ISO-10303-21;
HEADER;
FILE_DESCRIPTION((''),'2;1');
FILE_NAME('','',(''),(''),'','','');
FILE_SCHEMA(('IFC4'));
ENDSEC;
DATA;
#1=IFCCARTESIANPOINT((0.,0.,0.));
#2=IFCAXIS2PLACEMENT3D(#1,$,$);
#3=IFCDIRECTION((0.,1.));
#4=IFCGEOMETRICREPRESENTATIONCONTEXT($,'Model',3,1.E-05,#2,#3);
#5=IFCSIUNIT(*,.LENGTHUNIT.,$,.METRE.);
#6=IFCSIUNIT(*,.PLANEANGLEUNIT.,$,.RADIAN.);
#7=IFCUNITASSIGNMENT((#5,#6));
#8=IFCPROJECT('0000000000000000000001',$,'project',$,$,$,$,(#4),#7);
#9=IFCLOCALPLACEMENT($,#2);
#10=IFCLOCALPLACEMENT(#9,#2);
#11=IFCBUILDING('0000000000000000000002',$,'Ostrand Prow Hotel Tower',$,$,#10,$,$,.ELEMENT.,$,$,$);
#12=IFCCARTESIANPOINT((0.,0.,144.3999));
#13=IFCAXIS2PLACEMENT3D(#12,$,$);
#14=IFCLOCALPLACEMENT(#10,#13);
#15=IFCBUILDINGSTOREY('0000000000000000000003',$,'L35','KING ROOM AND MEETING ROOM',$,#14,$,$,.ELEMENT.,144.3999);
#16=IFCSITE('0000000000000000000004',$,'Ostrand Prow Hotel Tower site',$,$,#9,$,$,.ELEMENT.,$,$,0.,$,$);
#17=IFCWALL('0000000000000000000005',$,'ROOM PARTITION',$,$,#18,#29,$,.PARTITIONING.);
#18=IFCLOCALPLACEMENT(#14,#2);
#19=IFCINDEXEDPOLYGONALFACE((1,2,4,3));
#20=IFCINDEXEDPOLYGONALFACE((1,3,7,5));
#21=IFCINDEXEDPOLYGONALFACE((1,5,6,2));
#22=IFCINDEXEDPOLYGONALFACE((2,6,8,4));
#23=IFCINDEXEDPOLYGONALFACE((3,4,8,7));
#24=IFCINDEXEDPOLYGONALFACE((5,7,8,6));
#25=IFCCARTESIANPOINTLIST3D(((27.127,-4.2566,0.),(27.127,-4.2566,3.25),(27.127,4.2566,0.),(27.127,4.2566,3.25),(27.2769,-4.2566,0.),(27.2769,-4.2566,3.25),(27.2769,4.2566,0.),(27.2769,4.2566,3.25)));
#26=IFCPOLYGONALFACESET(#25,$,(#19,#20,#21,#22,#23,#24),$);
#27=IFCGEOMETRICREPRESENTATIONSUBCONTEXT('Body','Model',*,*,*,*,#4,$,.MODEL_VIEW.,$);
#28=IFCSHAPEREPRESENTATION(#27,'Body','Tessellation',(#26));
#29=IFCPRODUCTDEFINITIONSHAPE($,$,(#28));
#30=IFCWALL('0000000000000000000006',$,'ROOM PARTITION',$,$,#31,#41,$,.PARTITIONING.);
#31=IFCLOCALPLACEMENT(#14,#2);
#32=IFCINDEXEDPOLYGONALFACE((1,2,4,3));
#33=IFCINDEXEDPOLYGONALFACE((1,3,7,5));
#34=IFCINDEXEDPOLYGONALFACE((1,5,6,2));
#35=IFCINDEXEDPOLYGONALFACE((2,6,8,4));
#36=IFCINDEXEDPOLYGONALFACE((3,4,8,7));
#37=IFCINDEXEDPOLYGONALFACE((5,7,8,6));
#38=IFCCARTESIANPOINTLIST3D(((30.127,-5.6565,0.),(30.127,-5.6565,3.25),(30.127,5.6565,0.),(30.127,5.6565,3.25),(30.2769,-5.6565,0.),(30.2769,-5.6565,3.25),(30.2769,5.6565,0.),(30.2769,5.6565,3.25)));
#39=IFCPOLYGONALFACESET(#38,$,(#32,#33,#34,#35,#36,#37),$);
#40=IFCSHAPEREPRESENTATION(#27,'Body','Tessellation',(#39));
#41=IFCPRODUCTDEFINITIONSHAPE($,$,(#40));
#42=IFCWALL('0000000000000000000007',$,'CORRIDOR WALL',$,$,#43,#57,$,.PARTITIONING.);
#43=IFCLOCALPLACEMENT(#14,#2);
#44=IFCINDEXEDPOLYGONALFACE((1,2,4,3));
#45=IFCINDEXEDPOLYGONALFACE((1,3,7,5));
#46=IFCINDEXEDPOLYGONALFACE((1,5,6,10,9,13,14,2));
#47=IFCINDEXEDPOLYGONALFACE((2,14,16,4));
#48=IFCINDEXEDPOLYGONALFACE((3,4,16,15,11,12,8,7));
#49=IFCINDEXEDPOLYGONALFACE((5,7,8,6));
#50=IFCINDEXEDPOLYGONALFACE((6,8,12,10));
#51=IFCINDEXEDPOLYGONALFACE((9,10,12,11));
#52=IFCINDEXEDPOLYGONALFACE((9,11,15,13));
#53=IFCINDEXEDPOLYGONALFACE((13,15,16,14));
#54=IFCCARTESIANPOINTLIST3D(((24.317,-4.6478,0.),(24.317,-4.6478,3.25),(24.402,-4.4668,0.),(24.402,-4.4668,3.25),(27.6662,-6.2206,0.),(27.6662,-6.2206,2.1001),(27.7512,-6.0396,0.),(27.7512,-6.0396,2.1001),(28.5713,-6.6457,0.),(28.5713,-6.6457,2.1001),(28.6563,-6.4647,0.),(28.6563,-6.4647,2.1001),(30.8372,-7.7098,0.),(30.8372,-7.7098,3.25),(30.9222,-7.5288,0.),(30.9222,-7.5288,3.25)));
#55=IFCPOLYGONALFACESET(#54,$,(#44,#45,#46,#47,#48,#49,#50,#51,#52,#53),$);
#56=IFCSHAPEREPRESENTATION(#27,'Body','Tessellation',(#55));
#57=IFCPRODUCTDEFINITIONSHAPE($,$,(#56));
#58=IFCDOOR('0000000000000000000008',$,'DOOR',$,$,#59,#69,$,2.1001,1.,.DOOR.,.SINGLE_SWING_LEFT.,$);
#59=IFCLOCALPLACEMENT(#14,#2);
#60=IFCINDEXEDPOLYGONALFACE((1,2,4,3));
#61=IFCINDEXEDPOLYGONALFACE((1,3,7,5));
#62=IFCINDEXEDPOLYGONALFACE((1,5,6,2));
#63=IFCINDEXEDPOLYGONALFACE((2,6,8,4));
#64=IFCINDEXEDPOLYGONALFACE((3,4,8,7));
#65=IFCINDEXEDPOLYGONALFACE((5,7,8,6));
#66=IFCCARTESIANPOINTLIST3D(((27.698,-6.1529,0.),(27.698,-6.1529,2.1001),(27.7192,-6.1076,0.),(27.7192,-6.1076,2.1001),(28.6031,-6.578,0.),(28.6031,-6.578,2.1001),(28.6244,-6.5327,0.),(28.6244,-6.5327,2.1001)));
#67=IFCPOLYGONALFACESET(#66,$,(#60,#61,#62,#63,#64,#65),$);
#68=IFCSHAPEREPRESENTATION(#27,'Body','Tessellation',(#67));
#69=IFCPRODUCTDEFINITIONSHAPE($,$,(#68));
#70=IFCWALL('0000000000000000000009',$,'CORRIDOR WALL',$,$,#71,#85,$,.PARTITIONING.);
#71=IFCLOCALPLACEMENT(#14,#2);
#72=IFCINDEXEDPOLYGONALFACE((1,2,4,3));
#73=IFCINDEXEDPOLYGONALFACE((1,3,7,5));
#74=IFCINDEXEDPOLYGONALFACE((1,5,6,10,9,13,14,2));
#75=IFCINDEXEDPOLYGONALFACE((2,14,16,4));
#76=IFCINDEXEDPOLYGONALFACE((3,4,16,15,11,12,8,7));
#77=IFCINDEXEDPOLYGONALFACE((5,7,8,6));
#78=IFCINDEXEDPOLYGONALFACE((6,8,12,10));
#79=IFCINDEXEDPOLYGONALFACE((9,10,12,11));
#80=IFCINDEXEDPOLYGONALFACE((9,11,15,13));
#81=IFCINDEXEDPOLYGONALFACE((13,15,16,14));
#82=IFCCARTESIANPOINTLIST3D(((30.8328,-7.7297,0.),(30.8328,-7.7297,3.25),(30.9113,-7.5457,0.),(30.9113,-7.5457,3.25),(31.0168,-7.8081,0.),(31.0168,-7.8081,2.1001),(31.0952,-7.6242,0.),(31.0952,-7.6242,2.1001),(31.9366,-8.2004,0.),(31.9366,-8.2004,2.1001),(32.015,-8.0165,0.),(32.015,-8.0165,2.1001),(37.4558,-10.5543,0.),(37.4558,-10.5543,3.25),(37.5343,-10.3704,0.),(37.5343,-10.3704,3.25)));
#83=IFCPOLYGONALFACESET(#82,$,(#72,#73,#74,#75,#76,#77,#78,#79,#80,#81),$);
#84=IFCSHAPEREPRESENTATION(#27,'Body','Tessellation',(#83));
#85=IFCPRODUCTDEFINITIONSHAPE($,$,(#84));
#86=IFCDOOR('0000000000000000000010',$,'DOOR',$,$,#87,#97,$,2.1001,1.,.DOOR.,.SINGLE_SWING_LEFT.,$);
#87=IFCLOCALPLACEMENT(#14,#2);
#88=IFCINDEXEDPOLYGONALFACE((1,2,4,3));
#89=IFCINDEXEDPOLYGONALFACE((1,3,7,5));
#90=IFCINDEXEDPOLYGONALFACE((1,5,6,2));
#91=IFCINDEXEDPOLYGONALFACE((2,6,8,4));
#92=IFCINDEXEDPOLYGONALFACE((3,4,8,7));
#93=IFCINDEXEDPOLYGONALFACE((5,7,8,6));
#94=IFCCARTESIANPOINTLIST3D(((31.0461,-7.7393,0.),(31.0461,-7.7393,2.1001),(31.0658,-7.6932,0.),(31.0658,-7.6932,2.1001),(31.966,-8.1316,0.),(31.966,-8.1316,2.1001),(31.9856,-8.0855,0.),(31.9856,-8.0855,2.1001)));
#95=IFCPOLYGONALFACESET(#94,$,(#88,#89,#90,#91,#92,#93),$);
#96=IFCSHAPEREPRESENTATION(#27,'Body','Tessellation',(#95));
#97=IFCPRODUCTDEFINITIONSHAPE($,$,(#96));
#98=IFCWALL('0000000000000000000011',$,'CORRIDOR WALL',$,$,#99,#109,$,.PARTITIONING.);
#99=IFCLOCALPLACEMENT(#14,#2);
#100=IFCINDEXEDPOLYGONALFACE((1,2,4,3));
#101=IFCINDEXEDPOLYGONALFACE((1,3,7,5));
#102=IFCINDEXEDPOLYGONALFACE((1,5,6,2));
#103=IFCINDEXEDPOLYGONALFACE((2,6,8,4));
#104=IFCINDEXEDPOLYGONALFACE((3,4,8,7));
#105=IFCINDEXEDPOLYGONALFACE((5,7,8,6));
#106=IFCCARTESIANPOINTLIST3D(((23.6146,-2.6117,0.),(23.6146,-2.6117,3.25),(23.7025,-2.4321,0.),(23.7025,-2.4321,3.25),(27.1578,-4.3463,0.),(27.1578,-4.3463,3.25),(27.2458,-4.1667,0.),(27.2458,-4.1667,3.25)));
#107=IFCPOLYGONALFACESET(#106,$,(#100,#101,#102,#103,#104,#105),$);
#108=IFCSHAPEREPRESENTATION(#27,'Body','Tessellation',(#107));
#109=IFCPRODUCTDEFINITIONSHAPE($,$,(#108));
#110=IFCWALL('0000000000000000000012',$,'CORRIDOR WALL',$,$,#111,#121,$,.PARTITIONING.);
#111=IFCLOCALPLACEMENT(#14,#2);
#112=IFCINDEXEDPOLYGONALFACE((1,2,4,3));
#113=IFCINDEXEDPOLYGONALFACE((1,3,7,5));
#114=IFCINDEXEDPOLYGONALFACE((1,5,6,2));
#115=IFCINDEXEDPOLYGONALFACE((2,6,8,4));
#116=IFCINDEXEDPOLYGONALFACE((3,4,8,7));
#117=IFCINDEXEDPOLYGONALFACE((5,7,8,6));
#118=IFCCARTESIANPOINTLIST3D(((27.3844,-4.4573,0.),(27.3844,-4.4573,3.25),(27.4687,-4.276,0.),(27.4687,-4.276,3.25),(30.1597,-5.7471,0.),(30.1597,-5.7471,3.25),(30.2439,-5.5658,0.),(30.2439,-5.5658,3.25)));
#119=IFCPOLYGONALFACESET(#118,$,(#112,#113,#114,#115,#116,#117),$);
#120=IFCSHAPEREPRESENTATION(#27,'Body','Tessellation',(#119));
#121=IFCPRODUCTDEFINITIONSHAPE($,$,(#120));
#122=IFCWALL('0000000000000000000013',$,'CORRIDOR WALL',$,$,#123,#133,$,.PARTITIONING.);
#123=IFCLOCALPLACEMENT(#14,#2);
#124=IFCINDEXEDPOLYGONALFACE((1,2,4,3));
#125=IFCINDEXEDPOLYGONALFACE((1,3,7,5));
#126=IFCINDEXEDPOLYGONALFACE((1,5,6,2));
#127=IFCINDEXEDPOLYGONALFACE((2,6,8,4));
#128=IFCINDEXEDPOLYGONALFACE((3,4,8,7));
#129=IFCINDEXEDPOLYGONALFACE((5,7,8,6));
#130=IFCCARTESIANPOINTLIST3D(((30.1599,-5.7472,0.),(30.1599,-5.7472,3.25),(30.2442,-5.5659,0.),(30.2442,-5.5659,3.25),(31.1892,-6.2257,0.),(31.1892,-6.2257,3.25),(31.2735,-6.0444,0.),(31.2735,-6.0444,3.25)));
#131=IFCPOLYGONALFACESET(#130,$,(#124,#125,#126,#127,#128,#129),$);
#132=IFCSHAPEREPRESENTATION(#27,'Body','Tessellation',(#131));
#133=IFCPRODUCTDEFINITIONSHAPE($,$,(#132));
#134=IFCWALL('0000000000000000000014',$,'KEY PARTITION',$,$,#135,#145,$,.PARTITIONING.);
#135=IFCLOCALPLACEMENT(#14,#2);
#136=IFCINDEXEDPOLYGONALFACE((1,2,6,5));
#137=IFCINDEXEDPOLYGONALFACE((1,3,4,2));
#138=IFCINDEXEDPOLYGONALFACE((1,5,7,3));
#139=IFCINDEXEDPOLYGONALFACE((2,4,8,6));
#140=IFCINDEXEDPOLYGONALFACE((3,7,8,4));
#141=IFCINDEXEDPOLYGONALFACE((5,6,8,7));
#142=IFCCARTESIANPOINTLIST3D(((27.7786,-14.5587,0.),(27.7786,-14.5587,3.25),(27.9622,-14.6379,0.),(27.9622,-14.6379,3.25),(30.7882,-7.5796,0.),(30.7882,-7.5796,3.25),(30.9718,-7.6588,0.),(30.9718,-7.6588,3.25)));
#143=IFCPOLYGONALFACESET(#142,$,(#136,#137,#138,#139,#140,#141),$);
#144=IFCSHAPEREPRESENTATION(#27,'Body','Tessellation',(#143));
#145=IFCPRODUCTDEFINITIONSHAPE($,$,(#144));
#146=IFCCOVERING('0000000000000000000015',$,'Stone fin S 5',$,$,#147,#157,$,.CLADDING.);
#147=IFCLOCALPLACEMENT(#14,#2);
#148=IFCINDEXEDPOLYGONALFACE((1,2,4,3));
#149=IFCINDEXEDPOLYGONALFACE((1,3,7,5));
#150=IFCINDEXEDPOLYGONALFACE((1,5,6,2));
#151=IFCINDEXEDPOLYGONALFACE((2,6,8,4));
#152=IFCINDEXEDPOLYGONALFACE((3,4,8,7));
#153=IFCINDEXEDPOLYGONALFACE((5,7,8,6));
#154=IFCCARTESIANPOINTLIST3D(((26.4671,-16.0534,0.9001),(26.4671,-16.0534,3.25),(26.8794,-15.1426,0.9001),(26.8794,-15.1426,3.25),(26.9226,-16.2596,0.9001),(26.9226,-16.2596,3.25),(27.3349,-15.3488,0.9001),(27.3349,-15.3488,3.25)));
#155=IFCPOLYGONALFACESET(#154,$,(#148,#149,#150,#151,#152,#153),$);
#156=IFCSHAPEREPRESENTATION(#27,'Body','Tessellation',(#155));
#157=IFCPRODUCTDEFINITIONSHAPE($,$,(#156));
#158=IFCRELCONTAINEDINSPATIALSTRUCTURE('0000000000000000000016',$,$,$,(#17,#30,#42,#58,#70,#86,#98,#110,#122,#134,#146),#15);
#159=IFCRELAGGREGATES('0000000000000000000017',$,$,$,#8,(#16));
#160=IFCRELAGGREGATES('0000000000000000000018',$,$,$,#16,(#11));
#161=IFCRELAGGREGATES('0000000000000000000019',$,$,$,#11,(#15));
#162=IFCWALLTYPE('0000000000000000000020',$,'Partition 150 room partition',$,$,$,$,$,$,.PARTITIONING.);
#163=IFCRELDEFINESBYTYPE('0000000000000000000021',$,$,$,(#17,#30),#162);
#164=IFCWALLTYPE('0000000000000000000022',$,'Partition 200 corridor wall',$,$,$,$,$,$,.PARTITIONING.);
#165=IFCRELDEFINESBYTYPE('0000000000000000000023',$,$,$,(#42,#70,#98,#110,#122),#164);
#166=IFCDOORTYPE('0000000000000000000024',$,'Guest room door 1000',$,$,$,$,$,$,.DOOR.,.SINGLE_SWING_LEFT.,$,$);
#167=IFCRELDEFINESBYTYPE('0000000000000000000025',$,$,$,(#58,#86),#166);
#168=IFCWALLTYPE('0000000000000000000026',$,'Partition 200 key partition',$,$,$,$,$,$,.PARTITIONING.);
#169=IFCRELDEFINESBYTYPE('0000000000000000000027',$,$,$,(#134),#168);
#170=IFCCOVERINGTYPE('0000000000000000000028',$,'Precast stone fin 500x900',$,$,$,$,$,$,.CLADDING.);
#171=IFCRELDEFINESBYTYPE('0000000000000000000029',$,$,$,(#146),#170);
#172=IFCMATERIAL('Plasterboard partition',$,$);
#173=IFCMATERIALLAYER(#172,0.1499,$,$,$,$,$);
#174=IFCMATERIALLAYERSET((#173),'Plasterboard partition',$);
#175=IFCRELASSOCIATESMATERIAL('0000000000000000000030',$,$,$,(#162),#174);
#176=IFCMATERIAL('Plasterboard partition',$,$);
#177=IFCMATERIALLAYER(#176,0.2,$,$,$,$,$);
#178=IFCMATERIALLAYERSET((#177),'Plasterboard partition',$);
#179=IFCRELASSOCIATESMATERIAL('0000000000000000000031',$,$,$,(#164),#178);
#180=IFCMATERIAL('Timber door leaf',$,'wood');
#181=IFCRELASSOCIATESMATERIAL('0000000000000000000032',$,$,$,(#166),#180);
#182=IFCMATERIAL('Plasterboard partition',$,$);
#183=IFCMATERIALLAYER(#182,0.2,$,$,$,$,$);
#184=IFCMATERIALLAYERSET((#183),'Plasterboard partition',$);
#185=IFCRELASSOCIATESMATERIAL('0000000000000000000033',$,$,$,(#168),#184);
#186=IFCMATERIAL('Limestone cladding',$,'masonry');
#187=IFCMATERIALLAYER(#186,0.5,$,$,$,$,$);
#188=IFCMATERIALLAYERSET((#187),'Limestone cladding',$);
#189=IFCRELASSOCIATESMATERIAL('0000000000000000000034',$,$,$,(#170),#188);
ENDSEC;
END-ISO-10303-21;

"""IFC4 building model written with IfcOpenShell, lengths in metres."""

from ifc_helpers import new_model, si_unit, direction, frame, frame_2d, origin, place, context, subcontext, project, spatial, rectangle, extrude, material, layer, layer_set, type_object, element, fill, save


model = new_model("IFC4")

# Units and contexts
model_context = context("Model", 3, precision=1e-05, world=origin(), true_north=direction((0.0, 1.0)))
body_context = subcontext(model_context, "Body", "Model", "MODEL_VIEW")
ifc_project = project(units=[si_unit("LENGTHUNIT", "METRE"), si_unit("PLANEANGLEUNIT", "RADIAN")], contexts=[model_context])

# Site, building, storey
site_placement = place(None, origin())
site = spatial("IfcSite", under=ifc_project, at=site_placement, Name="Ostrand Prow Hotel Tower site", CompositionType="ELEMENT", RefElevation=0.0)
building_placement = place(site_placement, origin())
building = spatial("IfcBuilding", under=site, at=building_placement, Name="Ostrand Prow Hotel Tower", CompositionType="ELEMENT")
storey_placement = place(building_placement, frame((0.0, 0.0, 144.3999)))
storey = spatial("IfcBuildingStorey", under=building, at=storey_placement, Name="L35", Description="KING ROOM AND MEETING ROOM", CompositionType="ELEMENT", Elevation=144.3999)

# Walls
ifc_material_1 = material(Name="Plasterboard partition")
ifc_layer_1 = layer(ifc_material_1, 0.1499)
ifc_layer_set_1 = layer_set([ifc_layer_1], Name="Plasterboard partition")
wall_type_1 = type_object("IfcWallType", Name="Partition 150 room partition", PredefinedType="PARTITIONING", material=ifc_layer_set_1)
wall_1_placement = place(storey_placement, frame((27.2019, -4.2566, 0.0), z_axis=(0.0, 0.0, 1.0), x_axis=(0.0, 1.0, 0.0)))
element("IfcWall", 1, at=wall_1_placement, inside=storey, type_object=wall_type_1, Name="ROOM PARTITION", PredefinedType="PARTITIONING", context=body_context, shape_type="SweptSolid", body=[
    extrude(rectangle(XDim=8.5132, YDim=0.1499, at=frame_2d((4.2566, 0.0))), origin(), (0.0, 0.0, 1.0), 3.25),
])
wall_2_placement = place(storey_placement, frame((30.2019, -5.6565, 0.0), z_axis=(0.0, 0.0, 1.0), x_axis=(0.0, 1.0, 0.0)))
element("IfcWall", 2, at=wall_2_placement, inside=storey, type_object=wall_type_1, Name="ROOM PARTITION", PredefinedType="PARTITIONING", context=body_context, shape_type="SweptSolid", body=[
    extrude(rectangle(XDim=11.313, YDim=0.1499, at=frame_2d((5.6565, 0.0))), origin(), (0.0, 0.0, 1.0), 3.25),
])

# Walls, openings, doors
ifc_material_2 = material(Name="Plasterboard partition")
ifc_layer_2 = layer(ifc_material_2, 0.2)
ifc_layer_set_2 = layer_set([ifc_layer_2], Name="Plasterboard partition")
wall_type_2 = type_object("IfcWallType", Name="Partition 200 corridor wall", PredefinedType="PARTITIONING", material=ifc_layer_set_2)
wall_3_placement = place(storey_placement, frame((24.3596, -4.5574, 0.0), z_axis=(0.0, 0.0, 1.0), x_axis=(0.905158, -0.425075, 0.0)))
wall_3 = element("IfcWall", 3, at=wall_3_placement, inside=storey, type_object=wall_type_2, Name="CORRIDOR WALL", PredefinedType="PARTITIONING", context=body_context, shape_type="SweptSolid", body=[
    extrude(rectangle(XDim=7.2034, YDim=0.2, at=frame_2d((3.6016, 0.0))), origin(), (0.0, 0.0, 1.0), 3.25),
])
opening_1_placement = place(wall_3_placement, frame((3.7, 0.0, 0.0)))
opening_1 = element("IfcOpeningElement", 4, at=opening_1_placement, cuts=wall_3, PredefinedType="OPENING", context=body_context, shape_type="SweptSolid", body=[
    extrude(rectangle(XDim=1.0, YDim=2.1001, at=frame_2d((0.5, 1.05))), frame((0.0, 0.1099, 0.0), z_axis=(0.0, -1.0, 0.0), x_axis=(1.0, 0.0, 0.0)), (0.0, 0.0, 1.0), 0.22),
])
ifc_material_3 = material(Name="Timber door leaf", Category="wood")
door_type_1 = type_object("IfcDoorType", Name="Guest room door 1000", OperationType="SINGLE_SWING_LEFT", PredefinedType="DOOR", material=ifc_material_3)
door_1_placement = place(opening_1_placement, origin())
door_1 = element("IfcDoor", 5, at=door_1_placement, inside=storey, type_object=door_type_1, Name="DOOR", OperationType="SINGLE_SWING_LEFT", OverallHeight=2.1001, OverallWidth=1.0, PredefinedType="DOOR", context=body_context, shape_type="SweptSolid", body=[
    extrude(rectangle(XDim=1.0, YDim=2.1001, at=frame_2d((0.5, 1.05))), frame((0.0, 0.0249, 0.0), z_axis=(0.0, -1.0, 0.0), x_axis=(1.0, 0.0, 0.0)), (0.0, 0.0, 1.0), 0.05),
])
fill(opening_1, door_1)
wall_4_placement = place(storey_placement, frame((30.8721, -7.6377, 0.0), z_axis=(0.0, 0.0, 1.0), x_axis=(0.919835, -0.392306, 0.0)))
wall_4 = element("IfcWall", 6, at=wall_4_placement, inside=storey, type_object=wall_type_2, Name="CORRIDOR WALL", PredefinedType="PARTITIONING", context=body_context, shape_type="SweptSolid", body=[
    extrude(rectangle(XDim=7.2002, YDim=0.2, at=frame_2d((3.6001, 0.0))), origin(), (0.0, 0.0, 1.0), 3.25),
])
opening_2_placement = place(wall_4_placement, frame((0.2, 0.0, 0.0)))
opening_2 = element("IfcOpeningElement", 7, at=opening_2_placement, cuts=wall_4, PredefinedType="OPENING", context=body_context, shape_type="SweptSolid", body=[
    extrude(rectangle(XDim=1.0, YDim=2.1001, at=frame_2d((0.5, 1.05))), frame((0.0, 0.1099, 0.0), z_axis=(0.0, -1.0, 0.0), x_axis=(1.0, 0.0, 0.0)), (0.0, 0.0, 1.0), 0.22),
])
door_2_placement = place(opening_2_placement, origin())
door_2 = element("IfcDoor", 8, at=door_2_placement, inside=storey, type_object=door_type_1, Name="DOOR", OperationType="SINGLE_SWING_LEFT", OverallHeight=2.1001, OverallWidth=1.0, PredefinedType="DOOR", context=body_context, shape_type="SweptSolid", body=[
    extrude(rectangle(XDim=1.0, YDim=2.1001, at=frame_2d((0.5, 1.05))), frame((0.0, 0.0249, 0.0), z_axis=(0.0, -1.0, 0.0), x_axis=(1.0, 0.0, 0.0)), (0.0, 0.0, 1.0), 0.05),
])
fill(opening_2, door_2)

# Walls
wall_5_placement = place(storey_placement, frame((27.2019, -4.2566, 0.0), z_axis=(0.0, 0.0, 1.0), x_axis=(-0.898146, 0.439697, 0.0)))
element("IfcWall", 9, at=wall_5_placement, inside=storey, type_object=wall_type_2, Name="CORRIDOR WALL", PredefinedType="PARTITIONING", context=body_context, shape_type="SweptSolid", body=[
    extrude(rectangle(XDim=3.9451, YDim=0.2, at=frame_2d((1.9727, 0.0))), origin(), (0.0, 0.0, 1.0), 3.25),
])
wall_6_placement = place(storey_placement, frame((30.2019, -5.6565, 0.0), z_axis=(0.0, 0.0, 1.0), x_axis=(-0.906842, 0.42147, 0.0)))
element("IfcWall", 10, at=wall_6_placement, inside=storey, type_object=wall_type_2, Name="CORRIDOR WALL", PredefinedType="PARTITIONING", context=body_context, shape_type="SweptSolid", body=[
    extrude(rectangle(XDim=3.0603, YDim=0.2, at=frame_2d((1.5303, 0.0))), origin(), (0.0, 0.0, 1.0), 3.25),
])
wall_7_placement = place(storey_placement, frame((31.2312, -6.135, 0.0), z_axis=(0.0, 0.0, 1.0), x_axis=(-0.906798, 0.421566, 0.0)))
element("IfcWall", 11, at=wall_7_placement, inside=storey, type_object=wall_type_2, Name="CORRIDOR WALL", PredefinedType="PARTITIONING", context=body_context, shape_type="SweptSolid", body=[
    extrude(rectangle(XDim=1.135, YDim=0.2, at=frame_2d((0.5674, 0.0))), origin(), (0.0, 0.0, 1.0), 3.25),
])
ifc_material_4 = material(Name="Plasterboard partition")
ifc_layer_3 = layer(ifc_material_4, 0.2)
ifc_layer_set_3 = layer_set([ifc_layer_3], Name="Plasterboard partition")
wall_type_3 = type_object("IfcWallType", Name="Partition 200 key partition", PredefinedType="PARTITIONING", material=ifc_layer_set_3)
wall_8_placement = place(storey_placement, frame((27.8704, -14.5984, 0.0), z_axis=(0.0, 0.0, 1.0), x_axis=(0.395977, 0.91826, 0.0)))
element("IfcWall", 12, at=wall_8_placement, inside=storey, type_object=wall_type_3, Name="KEY PARTITION", PredefinedType="PARTITIONING", context=body_context, shape_type="SweptSolid", body=[
    extrude(rectangle(XDim=7.6003, YDim=0.2, at=frame_2d((3.8003, 0.0))), origin(), (0.0, 0.0, 1.0), 3.25),
])

# Covering
ifc_material_5 = material(Name="Limestone cladding", Category="masonry")
ifc_layer_4 = layer(ifc_material_5, 0.5)
ifc_layer_set_4 = layer_set([ifc_layer_4], Name="Limestone cladding")
covering_type = type_object("IfcCoveringType", Name="Precast stone fin 500x900", PredefinedType="CLADDING", material=ifc_layer_set_4)
covering_placement = place(storey_placement, frame((27.1072, -15.2456, 0.9001), z_axis=(0.0, 0.0, 1.0), x_axis=(-0.412404, -0.911001, 0.0)))
element("IfcCovering", 13, at=covering_placement, inside=storey, type_object=covering_type, Name="Stone fin S 5", PredefinedType="CLADDING", context=body_context, shape_type="SweptSolid", body=[
    extrude(rectangle(XDim=0.9998, YDim=0.5, at=frame_2d((0.5, 0.0))), origin(), (0.0, 0.0, 1.0), 2.3499),
])

save(model, "model.ifc")
